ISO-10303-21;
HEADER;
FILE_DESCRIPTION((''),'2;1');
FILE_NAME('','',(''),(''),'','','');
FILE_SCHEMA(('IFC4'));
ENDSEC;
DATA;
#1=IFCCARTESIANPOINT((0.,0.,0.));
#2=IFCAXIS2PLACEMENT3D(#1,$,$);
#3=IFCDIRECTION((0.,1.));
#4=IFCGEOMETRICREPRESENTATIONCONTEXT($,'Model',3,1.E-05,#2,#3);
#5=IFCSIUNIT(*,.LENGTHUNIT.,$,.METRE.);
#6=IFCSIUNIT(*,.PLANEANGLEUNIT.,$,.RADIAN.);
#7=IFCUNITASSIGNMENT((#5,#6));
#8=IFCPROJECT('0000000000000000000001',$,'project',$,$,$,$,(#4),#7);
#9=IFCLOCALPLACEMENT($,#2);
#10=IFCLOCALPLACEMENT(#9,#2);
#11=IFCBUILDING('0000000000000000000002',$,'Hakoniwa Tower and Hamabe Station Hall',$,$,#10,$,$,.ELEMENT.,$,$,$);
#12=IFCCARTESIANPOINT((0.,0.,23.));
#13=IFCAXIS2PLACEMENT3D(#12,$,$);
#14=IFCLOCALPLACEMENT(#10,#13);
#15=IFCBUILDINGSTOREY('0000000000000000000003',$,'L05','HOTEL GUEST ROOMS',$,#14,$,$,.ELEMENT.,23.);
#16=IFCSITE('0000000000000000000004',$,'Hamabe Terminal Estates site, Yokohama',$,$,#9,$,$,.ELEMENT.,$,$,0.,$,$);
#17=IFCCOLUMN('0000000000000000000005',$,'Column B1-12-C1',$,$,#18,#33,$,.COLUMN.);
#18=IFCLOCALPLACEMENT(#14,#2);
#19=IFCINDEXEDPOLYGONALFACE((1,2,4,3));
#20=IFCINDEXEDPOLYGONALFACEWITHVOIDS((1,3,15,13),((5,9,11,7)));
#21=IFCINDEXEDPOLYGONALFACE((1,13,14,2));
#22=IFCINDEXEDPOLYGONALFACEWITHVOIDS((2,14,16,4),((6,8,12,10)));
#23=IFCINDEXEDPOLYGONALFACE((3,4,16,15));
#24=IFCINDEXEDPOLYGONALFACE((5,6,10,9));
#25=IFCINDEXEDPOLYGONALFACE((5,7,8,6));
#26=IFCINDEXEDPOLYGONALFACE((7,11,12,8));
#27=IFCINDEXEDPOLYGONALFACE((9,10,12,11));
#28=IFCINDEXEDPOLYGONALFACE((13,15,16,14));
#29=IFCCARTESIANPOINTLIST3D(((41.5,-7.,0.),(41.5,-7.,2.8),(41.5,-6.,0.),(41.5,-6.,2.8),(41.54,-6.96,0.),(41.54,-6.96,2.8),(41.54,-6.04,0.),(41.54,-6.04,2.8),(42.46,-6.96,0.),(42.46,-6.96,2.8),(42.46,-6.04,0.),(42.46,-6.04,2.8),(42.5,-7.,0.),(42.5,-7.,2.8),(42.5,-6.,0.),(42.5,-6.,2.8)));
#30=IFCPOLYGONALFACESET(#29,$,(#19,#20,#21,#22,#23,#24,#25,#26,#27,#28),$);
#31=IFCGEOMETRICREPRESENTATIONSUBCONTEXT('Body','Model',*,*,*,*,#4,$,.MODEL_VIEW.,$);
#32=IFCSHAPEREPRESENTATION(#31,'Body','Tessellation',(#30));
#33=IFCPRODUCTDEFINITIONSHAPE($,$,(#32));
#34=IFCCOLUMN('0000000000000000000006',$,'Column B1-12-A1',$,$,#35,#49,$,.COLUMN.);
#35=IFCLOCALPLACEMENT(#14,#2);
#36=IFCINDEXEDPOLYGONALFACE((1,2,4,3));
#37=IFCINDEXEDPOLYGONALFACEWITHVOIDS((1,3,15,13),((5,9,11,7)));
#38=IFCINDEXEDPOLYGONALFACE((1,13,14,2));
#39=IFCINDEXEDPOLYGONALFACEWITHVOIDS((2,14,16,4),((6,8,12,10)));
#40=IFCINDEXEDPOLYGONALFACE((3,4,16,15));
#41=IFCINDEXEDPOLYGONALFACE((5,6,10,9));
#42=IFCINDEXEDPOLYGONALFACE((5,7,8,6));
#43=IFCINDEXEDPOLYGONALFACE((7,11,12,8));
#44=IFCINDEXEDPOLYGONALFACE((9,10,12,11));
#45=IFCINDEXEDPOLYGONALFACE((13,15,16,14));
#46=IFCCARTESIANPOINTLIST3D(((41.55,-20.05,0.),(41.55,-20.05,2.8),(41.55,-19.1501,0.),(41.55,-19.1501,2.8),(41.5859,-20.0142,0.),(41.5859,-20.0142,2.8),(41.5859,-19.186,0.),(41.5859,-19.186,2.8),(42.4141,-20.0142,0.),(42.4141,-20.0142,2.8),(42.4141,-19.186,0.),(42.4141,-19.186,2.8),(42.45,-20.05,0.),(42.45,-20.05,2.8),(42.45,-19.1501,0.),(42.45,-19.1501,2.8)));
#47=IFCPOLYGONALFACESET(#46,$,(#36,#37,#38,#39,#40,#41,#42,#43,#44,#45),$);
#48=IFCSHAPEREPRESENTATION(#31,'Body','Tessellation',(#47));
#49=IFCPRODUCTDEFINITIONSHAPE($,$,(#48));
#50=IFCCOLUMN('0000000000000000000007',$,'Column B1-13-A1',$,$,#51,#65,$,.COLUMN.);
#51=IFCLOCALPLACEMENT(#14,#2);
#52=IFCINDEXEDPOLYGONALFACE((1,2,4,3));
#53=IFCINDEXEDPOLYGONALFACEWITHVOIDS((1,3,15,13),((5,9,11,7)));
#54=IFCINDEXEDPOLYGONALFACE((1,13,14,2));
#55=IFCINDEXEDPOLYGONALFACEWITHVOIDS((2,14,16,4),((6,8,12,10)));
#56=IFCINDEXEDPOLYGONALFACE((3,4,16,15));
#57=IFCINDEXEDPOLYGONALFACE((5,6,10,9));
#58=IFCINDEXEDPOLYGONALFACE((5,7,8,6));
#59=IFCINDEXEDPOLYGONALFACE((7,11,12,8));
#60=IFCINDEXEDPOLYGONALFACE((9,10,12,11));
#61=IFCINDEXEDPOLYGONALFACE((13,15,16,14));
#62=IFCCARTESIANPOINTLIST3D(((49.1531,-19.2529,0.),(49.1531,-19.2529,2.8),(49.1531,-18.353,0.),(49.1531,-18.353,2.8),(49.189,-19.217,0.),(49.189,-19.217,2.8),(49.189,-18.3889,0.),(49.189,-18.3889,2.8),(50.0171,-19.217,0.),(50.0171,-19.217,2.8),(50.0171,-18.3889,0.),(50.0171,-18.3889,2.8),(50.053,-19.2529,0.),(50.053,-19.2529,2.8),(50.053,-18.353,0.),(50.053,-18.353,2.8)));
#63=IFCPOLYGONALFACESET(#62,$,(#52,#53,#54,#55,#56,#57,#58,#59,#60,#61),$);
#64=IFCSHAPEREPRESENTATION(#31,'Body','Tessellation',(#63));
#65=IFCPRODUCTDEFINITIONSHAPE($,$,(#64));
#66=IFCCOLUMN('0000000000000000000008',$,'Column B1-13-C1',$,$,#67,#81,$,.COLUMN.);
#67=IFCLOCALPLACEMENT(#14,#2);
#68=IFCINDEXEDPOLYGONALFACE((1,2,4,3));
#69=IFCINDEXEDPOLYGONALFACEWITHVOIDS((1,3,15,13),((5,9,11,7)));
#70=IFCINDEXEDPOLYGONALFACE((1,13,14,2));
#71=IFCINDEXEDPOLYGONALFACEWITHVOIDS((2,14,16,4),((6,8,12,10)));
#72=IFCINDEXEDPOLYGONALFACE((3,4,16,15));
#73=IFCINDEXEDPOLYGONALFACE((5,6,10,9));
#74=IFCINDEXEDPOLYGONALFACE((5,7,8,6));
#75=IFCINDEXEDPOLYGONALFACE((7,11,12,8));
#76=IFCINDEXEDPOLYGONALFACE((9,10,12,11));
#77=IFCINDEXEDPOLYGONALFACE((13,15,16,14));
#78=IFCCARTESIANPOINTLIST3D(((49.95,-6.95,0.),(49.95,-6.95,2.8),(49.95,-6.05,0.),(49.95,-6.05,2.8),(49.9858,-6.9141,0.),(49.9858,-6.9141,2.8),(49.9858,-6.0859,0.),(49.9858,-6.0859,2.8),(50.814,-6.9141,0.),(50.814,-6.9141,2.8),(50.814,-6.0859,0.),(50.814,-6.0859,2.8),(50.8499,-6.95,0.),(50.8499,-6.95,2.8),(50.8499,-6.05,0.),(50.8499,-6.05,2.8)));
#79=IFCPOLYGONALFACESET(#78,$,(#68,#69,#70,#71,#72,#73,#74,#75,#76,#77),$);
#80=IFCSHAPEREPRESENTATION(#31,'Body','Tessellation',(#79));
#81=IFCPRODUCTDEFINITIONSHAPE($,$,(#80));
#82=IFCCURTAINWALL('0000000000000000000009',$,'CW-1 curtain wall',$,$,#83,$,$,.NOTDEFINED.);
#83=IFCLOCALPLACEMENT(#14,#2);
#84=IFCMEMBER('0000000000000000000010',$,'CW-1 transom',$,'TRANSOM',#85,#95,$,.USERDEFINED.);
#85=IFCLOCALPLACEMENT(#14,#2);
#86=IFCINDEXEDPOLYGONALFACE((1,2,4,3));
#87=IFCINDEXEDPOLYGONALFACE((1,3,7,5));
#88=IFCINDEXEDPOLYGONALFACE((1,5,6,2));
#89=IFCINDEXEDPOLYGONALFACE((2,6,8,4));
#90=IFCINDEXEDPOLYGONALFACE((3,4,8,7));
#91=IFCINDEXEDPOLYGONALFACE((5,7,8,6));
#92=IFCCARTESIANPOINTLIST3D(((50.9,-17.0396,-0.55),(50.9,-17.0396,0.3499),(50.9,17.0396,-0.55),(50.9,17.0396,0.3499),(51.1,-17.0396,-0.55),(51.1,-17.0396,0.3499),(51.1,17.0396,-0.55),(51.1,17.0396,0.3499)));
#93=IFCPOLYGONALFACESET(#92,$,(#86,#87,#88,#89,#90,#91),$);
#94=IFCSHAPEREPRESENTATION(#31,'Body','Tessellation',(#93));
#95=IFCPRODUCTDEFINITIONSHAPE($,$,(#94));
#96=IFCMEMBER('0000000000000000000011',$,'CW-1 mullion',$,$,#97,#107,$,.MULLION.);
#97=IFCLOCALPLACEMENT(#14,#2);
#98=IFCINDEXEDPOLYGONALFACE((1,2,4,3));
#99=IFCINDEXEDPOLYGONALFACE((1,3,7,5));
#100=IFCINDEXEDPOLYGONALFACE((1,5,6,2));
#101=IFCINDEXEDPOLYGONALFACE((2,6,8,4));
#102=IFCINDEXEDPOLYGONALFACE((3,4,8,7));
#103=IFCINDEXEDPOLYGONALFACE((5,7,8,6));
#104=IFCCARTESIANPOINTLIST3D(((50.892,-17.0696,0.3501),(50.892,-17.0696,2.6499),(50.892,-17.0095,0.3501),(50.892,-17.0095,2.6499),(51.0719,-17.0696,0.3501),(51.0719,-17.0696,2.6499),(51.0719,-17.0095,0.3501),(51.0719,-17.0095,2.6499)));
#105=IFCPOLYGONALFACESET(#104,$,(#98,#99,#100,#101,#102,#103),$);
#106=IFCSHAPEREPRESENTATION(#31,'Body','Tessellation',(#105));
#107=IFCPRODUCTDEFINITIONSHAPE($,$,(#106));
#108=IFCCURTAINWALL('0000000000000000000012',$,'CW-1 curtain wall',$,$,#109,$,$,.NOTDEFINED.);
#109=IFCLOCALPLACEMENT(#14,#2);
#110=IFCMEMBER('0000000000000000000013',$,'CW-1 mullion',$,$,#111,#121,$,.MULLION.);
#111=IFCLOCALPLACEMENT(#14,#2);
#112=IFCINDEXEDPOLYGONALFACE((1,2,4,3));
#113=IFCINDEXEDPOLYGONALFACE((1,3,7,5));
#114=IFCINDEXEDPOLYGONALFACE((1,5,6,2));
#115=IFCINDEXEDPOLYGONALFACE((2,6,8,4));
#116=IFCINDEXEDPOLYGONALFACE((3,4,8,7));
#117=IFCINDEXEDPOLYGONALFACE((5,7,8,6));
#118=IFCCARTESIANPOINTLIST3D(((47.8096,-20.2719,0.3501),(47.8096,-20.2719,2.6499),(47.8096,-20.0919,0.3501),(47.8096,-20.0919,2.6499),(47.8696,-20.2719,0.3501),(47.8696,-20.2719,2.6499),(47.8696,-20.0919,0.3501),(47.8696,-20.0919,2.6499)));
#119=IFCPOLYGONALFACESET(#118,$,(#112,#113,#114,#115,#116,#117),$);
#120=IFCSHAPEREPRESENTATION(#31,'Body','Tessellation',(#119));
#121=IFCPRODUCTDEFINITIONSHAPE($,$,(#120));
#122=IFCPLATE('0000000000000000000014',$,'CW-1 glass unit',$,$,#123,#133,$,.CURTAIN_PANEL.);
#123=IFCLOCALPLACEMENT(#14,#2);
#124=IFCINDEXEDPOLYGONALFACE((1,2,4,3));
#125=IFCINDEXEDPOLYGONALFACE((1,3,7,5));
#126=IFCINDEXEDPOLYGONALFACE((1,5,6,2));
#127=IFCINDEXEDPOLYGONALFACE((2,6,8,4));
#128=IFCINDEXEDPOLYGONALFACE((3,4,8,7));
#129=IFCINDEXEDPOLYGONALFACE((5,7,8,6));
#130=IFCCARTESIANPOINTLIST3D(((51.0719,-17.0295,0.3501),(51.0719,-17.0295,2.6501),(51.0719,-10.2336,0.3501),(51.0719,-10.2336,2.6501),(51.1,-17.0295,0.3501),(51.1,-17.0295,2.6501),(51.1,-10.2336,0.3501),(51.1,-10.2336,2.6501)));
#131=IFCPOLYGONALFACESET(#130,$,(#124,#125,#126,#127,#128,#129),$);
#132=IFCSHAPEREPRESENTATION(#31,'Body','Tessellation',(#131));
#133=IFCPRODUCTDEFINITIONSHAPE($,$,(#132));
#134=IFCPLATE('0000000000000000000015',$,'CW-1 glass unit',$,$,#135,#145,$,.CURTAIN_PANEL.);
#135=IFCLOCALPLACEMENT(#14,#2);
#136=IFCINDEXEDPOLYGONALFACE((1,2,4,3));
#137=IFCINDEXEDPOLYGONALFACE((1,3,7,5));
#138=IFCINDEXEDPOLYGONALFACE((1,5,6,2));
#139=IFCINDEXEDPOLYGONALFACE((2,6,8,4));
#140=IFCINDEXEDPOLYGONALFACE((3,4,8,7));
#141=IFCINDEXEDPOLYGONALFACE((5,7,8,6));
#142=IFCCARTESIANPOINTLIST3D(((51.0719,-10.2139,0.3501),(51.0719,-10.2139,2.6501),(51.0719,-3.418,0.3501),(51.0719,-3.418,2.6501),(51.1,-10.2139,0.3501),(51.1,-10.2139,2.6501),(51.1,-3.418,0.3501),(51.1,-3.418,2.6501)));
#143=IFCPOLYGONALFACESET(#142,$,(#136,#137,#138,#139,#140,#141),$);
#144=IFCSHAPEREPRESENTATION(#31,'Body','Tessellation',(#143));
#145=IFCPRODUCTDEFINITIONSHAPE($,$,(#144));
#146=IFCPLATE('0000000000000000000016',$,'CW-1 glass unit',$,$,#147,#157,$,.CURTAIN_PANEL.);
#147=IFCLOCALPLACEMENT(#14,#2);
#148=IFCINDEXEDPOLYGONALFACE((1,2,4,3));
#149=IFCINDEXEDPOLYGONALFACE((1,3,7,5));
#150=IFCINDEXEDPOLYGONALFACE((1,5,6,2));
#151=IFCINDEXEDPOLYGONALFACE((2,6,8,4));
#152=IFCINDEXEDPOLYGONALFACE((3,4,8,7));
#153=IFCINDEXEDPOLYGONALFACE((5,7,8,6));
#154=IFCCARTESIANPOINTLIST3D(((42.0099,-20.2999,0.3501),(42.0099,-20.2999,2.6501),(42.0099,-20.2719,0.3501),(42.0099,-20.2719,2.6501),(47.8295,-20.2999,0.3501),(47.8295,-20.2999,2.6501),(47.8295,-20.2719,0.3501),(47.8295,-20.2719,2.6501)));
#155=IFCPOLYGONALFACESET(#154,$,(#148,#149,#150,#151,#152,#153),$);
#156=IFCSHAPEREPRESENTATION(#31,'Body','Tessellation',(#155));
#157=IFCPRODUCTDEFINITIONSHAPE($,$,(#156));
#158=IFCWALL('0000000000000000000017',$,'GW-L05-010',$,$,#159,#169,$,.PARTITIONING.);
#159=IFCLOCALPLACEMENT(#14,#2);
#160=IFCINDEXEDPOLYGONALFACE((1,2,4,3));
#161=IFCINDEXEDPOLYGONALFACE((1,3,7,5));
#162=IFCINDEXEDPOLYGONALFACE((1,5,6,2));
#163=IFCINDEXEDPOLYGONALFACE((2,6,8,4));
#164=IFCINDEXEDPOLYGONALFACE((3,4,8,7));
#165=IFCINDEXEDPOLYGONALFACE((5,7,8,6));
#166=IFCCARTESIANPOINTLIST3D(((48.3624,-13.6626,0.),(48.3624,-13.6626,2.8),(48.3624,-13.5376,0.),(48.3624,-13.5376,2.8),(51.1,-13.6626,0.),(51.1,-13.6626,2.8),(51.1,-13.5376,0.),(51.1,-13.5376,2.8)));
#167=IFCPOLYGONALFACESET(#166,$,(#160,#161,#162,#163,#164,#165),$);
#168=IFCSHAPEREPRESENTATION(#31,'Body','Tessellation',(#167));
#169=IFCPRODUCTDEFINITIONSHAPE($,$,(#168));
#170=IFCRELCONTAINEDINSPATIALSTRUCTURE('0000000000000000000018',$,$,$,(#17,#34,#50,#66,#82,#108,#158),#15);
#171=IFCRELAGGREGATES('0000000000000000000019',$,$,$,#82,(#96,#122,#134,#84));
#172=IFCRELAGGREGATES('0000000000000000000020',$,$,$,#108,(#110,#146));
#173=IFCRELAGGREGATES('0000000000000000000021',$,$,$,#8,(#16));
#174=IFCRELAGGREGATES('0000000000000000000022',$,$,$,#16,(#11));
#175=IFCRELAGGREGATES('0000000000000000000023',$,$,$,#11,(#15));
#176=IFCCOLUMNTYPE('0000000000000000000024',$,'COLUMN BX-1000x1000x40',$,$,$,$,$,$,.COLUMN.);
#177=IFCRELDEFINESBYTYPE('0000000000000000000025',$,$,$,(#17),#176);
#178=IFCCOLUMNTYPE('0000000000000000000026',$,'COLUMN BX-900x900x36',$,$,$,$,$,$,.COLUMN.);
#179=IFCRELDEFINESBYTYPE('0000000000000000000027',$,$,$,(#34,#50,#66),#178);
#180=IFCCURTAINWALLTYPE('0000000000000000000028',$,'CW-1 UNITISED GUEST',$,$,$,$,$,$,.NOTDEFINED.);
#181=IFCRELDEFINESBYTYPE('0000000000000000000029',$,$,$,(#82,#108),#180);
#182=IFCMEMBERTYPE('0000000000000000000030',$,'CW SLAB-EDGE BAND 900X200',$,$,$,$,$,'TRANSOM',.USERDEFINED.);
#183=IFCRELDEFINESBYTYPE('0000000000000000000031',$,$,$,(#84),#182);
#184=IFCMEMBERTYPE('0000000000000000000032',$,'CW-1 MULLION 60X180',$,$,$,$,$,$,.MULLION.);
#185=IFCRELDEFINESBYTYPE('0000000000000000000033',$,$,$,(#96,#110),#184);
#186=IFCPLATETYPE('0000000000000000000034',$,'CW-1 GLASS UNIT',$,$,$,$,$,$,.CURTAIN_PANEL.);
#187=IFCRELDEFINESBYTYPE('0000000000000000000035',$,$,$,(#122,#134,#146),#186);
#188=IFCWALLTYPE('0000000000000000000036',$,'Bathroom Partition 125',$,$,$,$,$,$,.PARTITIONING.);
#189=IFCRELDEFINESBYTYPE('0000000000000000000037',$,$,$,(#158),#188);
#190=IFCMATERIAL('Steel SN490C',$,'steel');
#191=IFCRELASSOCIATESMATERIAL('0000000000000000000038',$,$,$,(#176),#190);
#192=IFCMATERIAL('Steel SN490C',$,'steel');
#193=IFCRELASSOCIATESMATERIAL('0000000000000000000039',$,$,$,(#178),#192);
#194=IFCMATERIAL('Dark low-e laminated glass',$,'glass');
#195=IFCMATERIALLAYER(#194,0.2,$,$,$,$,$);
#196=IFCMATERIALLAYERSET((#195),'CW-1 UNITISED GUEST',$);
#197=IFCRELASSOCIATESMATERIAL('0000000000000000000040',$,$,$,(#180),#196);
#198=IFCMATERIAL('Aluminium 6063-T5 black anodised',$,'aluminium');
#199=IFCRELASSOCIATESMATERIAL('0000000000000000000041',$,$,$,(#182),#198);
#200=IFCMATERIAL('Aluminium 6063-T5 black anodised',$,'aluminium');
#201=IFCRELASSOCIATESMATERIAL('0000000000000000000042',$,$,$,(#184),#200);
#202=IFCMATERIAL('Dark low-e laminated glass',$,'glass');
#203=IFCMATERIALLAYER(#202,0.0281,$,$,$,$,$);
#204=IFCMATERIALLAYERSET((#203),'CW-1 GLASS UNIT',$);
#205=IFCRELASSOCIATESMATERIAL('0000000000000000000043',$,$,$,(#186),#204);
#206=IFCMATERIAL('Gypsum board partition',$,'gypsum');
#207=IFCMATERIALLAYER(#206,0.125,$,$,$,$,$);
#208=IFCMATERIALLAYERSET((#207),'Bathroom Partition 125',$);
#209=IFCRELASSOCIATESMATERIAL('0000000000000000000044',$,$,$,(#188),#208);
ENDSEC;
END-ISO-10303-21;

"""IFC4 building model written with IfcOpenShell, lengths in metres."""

from ifc_helpers import new_model, si_unit, direction, frame, frame_2d, origin, origin_2d, place, context, subcontext, project, spatial, rectangle, hollow_rectangle, extrude, material, layer, layer_set, material_profile, profile_set, type_object, element, aggregate, save


model = new_model("IFC4")

# Units and contexts
model_context = context("Model", 3, precision=1e-05, world=origin(), true_north=direction((0.0, 1.0)))
body_context = subcontext(model_context, "Body", "Model", "MODEL_VIEW")
ifc_project = project(units=[si_unit("LENGTHUNIT", "METRE"), si_unit("PLANEANGLEUNIT", "RADIAN")], contexts=[model_context])

# Site, building, storey
site_placement = place(None, origin())
site = spatial("IfcSite", under=ifc_project, at=site_placement, Name="Hamabe Terminal Estates site, Yokohama", CompositionType="ELEMENT", RefElevation=0.0)
building_placement = place(site_placement, origin())
building = spatial("IfcBuilding", under=site, at=building_placement, Name="Hakoniwa Tower and Hamabe Station Hall", CompositionType="ELEMENT")
storey_placement = place(building_placement, frame((0.0, 0.0, 23.0)))
storey = spatial("IfcBuildingStorey", under=building, at=storey_placement, Name="L05", Description="HOTEL GUEST ROOMS", CompositionType="ELEMENT", Elevation=23.0)

# Columns
ifc_material_1 = material(Name="Steel SN490C", Category="steel")
ifc_material_profile_1 = material_profile(ifc_material_1, hollow_rectangle(XDim=1.0, YDim=1.0, WallThickness=0.04, at=origin_2d()), Name="BX-1000x1000x40")
ifc_profile_set_1 = profile_set([ifc_material_profile_1], Name="Steel SN490C")
column_type_1 = type_object("IfcColumnType", Name="COLUMN BX-1000x1000x40", PredefinedType="COLUMN", material=ifc_profile_set_1)
column_placement = place(storey_placement, frame((42.0, -6.5, 0.0), z_axis=(0.0, 0.0, 1.0), x_axis=(1.0, 0.0, 0.0)))
element("IfcColumn", 1, at=column_placement, inside=storey, type_object=column_type_1, Name="Column B1-12-C1", PredefinedType="COLUMN", context=body_context, shape_type="SweptSolid", body=[
    extrude(hollow_rectangle(XDim=1.0, YDim=1.0, WallThickness=0.04, at=origin_2d()), origin(), (0.0, 0.0, 1.0), 2.8),
])
ifc_material_2 = material(Name="Steel SN490C", Category="steel")
ifc_material_profile_2 = material_profile(ifc_material_2, hollow_rectangle(XDim=0.8999, YDim=0.8999, WallThickness=0.0359, at=origin_2d()), Name="BX-900x900x36")
ifc_profile_set_2 = profile_set([ifc_material_profile_2], Name="Steel SN490C")
column_type_2 = type_object("IfcColumnType", Name="COLUMN BX-900x900x36", PredefinedType="COLUMN", material=ifc_profile_set_2)
for number, where, z_axis, x_axis, name in (
    (2, (42.0, -19.6001, 0.0), (0.0, 0.0, 1.0), (1.0, 0.0, 0.0), "Column B1-12-A1"),
    (3, (49.603, -18.803, 0.0), (0.0, 0.0, 1.0), (1.0, 0.0, 0.0), "Column B1-13-A1"),
    (4, (50.3999, -6.5, 0.0), (0.0, 0.0, 1.0), (1.0, 0.0, 0.0), "Column B1-13-C1"),
):
    element("IfcColumn", number, at=place(storey_placement, frame(where, z_axis=z_axis, x_axis=x_axis)), inside=storey, type_object=column_type_2, Name=name, PredefinedType="COLUMN", context=body_context, shape_type="SweptSolid", body=[
        extrude(hollow_rectangle(XDim=0.8999, YDim=0.8999, WallThickness=0.0359, at=origin_2d()), origin(), (0.0, 0.0, 1.0), 2.8),
    ])

# Curtain wall, members
ifc_material_3 = material(Name="Dark low-e laminated glass", Category="glass")
ifc_layer_1 = layer(ifc_material_3, 0.2)
ifc_layer_set_1 = layer_set([ifc_layer_1], Name="CW-1 UNITISED GUEST")
curtain_wall_type = type_object("IfcCurtainWallType", Name="CW-1 UNITISED GUEST", PredefinedType="NOTDEFINED", material=ifc_layer_set_1)
curtain_wall_1_placement = place(storey_placement, origin())
curtain_wall_1 = element("IfcCurtainWall", 5, at=curtain_wall_1_placement, inside=storey, type_object=curtain_wall_type, Name="CW-1 curtain wall", PredefinedType="NOTDEFINED")
ifc_material_4 = material(Name="Aluminium 6063-T5 black anodised", Category="aluminium")
ifc_material_profile_3 = material_profile(ifc_material_4, rectangle(XDim=0.2, YDim=0.8999, at=origin_2d()), Name="CW SLAB-EDGE BAND 900X200")
ifc_profile_set_3 = profile_set([ifc_material_profile_3], Name="Aluminium 6063-T5 black anodised")
member_type_1 = type_object("IfcMemberType", Name="CW SLAB-EDGE BAND 900X200", ElementType="TRANSOM", PredefinedType="USERDEFINED", material=ifc_profile_set_3)
member_1_placement = place(storey_placement, frame((51.0, -17.0396, -0.1001), z_axis=(0.0, 1.0, 0.0), x_axis=(-1.0, 0.0, 0.0)))
member_1 = element("IfcMember", 6, at=member_1_placement, type_object=member_type_1, Name="CW-1 transom", ObjectType="TRANSOM", PredefinedType="USERDEFINED", context=body_context, shape_type="SweptSolid", body=[
    extrude(rectangle(XDim=0.2, YDim=0.8999, at=origin_2d()), origin(), (0.0, 0.0, 1.0), 34.0791),
])
ifc_material_5 = material(Name="Aluminium 6063-T5 black anodised", Category="aluminium")
ifc_material_profile_4 = material_profile(ifc_material_5, rectangle(XDim=0.0601, YDim=0.1799, at=origin_2d()), Name="CW-1 MULLION 60X180")
ifc_profile_set_4 = profile_set([ifc_material_profile_4], Name="Aluminium 6063-T5 black anodised")
member_type_2 = type_object("IfcMemberType", Name="CW-1 MULLION 60X180", PredefinedType="MULLION", material=ifc_profile_set_4)
member_2_placement = place(storey_placement, frame((50.9819, -17.0396, 0.3501), z_axis=(0.0, 0.0, 1.0), x_axis=(0.0, 1.0, 0.0)))
member_2 = element("IfcMember", 7, at=member_2_placement, type_object=member_type_2, Name="CW-1 mullion", PredefinedType="MULLION", context=body_context, shape_type="SweptSolid", body=[
    extrude(rectangle(XDim=0.0601, YDim=0.1799, at=origin_2d()), origin(), (0.0, 0.0, 1.0), 2.2998),
])

# Curtain wall, member
curtain_wall_2_placement = place(storey_placement, origin())
curtain_wall_2 = element("IfcCurtainWall", 8, at=curtain_wall_2_placement, inside=storey, type_object=curtain_wall_type, Name="CW-1 curtain wall", PredefinedType="NOTDEFINED")
member_3_placement = place(storey_placement, frame((47.8396, -20.1819, 0.3501), z_axis=(0.0, 0.0, 1.0), x_axis=(1.0, 0.0, 0.0)))
member_3 = element("IfcMember", 9, at=member_3_placement, type_object=member_type_2, Name="CW-1 mullion", PredefinedType="MULLION", context=body_context, shape_type="SweptSolid", body=[
    extrude(rectangle(XDim=0.0601, YDim=0.1799, at=origin_2d()), origin(), (0.0, 0.0, 1.0), 2.2998),
])

# Plates
ifc_material_6 = material(Name="Dark low-e laminated glass", Category="glass")
ifc_layer_2 = layer(ifc_material_6, 0.0281)
ifc_layer_set_2 = layer_set([ifc_layer_2], Name="CW-1 GLASS UNIT")
plate_type = type_object("IfcPlateType", Name="CW-1 GLASS UNIT", PredefinedType="CURTAIN_PANEL", material=ifc_layer_set_2)
plate_1_placement = place(storey_placement, frame((51.0859, -13.6316, 0.3501), z_axis=(0.0, 0.0, 1.0), x_axis=(0.0, 1.0, 0.0)))
plate_1 = element("IfcPlate", 10, at=plate_1_placement, type_object=plate_type, Name="CW-1 glass unit", PredefinedType="CURTAIN_PANEL", context=body_context, shape_type="SweptSolid", body=[
    extrude(rectangle(XDim=6.7959, YDim=0.0281, at=origin_2d()), origin(), (0.0, 0.0, 1.0), 2.3),
])
plate_2_placement = place(storey_placement, frame((51.0859, -6.8159, 0.3501), z_axis=(0.0, 0.0, 1.0), x_axis=(0.0, 1.0, 0.0)))
plate_2 = element("IfcPlate", 11, at=plate_2_placement, type_object=plate_type, Name="CW-1 glass unit", PredefinedType="CURTAIN_PANEL", context=body_context, shape_type="SweptSolid", body=[
    extrude(rectangle(XDim=6.7959, YDim=0.0281, at=origin_2d()), origin(), (0.0, 0.0, 1.0), 2.3),
])
aggregate(curtain_wall_1, [member_2, plate_1, plate_2, member_1])
plate_3_placement = place(storey_placement, frame((44.9197, -20.2859, 0.3501), z_axis=(0.0, 0.0, 1.0), x_axis=(1.0, 0.0, 0.0)))
plate_3 = element("IfcPlate", 12, at=plate_3_placement, type_object=plate_type, Name="CW-1 glass unit", PredefinedType="CURTAIN_PANEL", context=body_context, shape_type="SweptSolid", body=[
    extrude(rectangle(XDim=5.8196, YDim=0.0281, at=origin_2d()), origin(), (0.0, 0.0, 1.0), 2.3),
])
aggregate(curtain_wall_2, [member_3, plate_3])

# Wall
ifc_material_7 = material(Name="Gypsum board partition", Category="gypsum")
ifc_layer_3 = layer(ifc_material_7, 0.125)
ifc_layer_set_3 = layer_set([ifc_layer_3], Name="Bathroom Partition 125")
wall_type_1 = type_object("IfcWallType", Name="Bathroom Partition 125", PredefinedType="PARTITIONING", material=ifc_layer_set_3)
wall_1_placement = place(storey_placement, frame((48.3625, -13.6001, 0.0), z_axis=(0.0, 0.0, 1.0), x_axis=(1.0, 0.0, 0.0)))
element("IfcWall", 13, at=wall_1_placement, inside=storey, type_object=wall_type_1, Name="GW-L05-010", PredefinedType="PARTITIONING", context=body_context, shape_type="SweptSolid", body=[
    extrude(rectangle(XDim=2.7375, YDim=0.125, at=frame_2d((1.3687, 0.0))), origin(), (0.0, 0.0, 1.0), 2.8),
])

save(model, "model.ifc")
